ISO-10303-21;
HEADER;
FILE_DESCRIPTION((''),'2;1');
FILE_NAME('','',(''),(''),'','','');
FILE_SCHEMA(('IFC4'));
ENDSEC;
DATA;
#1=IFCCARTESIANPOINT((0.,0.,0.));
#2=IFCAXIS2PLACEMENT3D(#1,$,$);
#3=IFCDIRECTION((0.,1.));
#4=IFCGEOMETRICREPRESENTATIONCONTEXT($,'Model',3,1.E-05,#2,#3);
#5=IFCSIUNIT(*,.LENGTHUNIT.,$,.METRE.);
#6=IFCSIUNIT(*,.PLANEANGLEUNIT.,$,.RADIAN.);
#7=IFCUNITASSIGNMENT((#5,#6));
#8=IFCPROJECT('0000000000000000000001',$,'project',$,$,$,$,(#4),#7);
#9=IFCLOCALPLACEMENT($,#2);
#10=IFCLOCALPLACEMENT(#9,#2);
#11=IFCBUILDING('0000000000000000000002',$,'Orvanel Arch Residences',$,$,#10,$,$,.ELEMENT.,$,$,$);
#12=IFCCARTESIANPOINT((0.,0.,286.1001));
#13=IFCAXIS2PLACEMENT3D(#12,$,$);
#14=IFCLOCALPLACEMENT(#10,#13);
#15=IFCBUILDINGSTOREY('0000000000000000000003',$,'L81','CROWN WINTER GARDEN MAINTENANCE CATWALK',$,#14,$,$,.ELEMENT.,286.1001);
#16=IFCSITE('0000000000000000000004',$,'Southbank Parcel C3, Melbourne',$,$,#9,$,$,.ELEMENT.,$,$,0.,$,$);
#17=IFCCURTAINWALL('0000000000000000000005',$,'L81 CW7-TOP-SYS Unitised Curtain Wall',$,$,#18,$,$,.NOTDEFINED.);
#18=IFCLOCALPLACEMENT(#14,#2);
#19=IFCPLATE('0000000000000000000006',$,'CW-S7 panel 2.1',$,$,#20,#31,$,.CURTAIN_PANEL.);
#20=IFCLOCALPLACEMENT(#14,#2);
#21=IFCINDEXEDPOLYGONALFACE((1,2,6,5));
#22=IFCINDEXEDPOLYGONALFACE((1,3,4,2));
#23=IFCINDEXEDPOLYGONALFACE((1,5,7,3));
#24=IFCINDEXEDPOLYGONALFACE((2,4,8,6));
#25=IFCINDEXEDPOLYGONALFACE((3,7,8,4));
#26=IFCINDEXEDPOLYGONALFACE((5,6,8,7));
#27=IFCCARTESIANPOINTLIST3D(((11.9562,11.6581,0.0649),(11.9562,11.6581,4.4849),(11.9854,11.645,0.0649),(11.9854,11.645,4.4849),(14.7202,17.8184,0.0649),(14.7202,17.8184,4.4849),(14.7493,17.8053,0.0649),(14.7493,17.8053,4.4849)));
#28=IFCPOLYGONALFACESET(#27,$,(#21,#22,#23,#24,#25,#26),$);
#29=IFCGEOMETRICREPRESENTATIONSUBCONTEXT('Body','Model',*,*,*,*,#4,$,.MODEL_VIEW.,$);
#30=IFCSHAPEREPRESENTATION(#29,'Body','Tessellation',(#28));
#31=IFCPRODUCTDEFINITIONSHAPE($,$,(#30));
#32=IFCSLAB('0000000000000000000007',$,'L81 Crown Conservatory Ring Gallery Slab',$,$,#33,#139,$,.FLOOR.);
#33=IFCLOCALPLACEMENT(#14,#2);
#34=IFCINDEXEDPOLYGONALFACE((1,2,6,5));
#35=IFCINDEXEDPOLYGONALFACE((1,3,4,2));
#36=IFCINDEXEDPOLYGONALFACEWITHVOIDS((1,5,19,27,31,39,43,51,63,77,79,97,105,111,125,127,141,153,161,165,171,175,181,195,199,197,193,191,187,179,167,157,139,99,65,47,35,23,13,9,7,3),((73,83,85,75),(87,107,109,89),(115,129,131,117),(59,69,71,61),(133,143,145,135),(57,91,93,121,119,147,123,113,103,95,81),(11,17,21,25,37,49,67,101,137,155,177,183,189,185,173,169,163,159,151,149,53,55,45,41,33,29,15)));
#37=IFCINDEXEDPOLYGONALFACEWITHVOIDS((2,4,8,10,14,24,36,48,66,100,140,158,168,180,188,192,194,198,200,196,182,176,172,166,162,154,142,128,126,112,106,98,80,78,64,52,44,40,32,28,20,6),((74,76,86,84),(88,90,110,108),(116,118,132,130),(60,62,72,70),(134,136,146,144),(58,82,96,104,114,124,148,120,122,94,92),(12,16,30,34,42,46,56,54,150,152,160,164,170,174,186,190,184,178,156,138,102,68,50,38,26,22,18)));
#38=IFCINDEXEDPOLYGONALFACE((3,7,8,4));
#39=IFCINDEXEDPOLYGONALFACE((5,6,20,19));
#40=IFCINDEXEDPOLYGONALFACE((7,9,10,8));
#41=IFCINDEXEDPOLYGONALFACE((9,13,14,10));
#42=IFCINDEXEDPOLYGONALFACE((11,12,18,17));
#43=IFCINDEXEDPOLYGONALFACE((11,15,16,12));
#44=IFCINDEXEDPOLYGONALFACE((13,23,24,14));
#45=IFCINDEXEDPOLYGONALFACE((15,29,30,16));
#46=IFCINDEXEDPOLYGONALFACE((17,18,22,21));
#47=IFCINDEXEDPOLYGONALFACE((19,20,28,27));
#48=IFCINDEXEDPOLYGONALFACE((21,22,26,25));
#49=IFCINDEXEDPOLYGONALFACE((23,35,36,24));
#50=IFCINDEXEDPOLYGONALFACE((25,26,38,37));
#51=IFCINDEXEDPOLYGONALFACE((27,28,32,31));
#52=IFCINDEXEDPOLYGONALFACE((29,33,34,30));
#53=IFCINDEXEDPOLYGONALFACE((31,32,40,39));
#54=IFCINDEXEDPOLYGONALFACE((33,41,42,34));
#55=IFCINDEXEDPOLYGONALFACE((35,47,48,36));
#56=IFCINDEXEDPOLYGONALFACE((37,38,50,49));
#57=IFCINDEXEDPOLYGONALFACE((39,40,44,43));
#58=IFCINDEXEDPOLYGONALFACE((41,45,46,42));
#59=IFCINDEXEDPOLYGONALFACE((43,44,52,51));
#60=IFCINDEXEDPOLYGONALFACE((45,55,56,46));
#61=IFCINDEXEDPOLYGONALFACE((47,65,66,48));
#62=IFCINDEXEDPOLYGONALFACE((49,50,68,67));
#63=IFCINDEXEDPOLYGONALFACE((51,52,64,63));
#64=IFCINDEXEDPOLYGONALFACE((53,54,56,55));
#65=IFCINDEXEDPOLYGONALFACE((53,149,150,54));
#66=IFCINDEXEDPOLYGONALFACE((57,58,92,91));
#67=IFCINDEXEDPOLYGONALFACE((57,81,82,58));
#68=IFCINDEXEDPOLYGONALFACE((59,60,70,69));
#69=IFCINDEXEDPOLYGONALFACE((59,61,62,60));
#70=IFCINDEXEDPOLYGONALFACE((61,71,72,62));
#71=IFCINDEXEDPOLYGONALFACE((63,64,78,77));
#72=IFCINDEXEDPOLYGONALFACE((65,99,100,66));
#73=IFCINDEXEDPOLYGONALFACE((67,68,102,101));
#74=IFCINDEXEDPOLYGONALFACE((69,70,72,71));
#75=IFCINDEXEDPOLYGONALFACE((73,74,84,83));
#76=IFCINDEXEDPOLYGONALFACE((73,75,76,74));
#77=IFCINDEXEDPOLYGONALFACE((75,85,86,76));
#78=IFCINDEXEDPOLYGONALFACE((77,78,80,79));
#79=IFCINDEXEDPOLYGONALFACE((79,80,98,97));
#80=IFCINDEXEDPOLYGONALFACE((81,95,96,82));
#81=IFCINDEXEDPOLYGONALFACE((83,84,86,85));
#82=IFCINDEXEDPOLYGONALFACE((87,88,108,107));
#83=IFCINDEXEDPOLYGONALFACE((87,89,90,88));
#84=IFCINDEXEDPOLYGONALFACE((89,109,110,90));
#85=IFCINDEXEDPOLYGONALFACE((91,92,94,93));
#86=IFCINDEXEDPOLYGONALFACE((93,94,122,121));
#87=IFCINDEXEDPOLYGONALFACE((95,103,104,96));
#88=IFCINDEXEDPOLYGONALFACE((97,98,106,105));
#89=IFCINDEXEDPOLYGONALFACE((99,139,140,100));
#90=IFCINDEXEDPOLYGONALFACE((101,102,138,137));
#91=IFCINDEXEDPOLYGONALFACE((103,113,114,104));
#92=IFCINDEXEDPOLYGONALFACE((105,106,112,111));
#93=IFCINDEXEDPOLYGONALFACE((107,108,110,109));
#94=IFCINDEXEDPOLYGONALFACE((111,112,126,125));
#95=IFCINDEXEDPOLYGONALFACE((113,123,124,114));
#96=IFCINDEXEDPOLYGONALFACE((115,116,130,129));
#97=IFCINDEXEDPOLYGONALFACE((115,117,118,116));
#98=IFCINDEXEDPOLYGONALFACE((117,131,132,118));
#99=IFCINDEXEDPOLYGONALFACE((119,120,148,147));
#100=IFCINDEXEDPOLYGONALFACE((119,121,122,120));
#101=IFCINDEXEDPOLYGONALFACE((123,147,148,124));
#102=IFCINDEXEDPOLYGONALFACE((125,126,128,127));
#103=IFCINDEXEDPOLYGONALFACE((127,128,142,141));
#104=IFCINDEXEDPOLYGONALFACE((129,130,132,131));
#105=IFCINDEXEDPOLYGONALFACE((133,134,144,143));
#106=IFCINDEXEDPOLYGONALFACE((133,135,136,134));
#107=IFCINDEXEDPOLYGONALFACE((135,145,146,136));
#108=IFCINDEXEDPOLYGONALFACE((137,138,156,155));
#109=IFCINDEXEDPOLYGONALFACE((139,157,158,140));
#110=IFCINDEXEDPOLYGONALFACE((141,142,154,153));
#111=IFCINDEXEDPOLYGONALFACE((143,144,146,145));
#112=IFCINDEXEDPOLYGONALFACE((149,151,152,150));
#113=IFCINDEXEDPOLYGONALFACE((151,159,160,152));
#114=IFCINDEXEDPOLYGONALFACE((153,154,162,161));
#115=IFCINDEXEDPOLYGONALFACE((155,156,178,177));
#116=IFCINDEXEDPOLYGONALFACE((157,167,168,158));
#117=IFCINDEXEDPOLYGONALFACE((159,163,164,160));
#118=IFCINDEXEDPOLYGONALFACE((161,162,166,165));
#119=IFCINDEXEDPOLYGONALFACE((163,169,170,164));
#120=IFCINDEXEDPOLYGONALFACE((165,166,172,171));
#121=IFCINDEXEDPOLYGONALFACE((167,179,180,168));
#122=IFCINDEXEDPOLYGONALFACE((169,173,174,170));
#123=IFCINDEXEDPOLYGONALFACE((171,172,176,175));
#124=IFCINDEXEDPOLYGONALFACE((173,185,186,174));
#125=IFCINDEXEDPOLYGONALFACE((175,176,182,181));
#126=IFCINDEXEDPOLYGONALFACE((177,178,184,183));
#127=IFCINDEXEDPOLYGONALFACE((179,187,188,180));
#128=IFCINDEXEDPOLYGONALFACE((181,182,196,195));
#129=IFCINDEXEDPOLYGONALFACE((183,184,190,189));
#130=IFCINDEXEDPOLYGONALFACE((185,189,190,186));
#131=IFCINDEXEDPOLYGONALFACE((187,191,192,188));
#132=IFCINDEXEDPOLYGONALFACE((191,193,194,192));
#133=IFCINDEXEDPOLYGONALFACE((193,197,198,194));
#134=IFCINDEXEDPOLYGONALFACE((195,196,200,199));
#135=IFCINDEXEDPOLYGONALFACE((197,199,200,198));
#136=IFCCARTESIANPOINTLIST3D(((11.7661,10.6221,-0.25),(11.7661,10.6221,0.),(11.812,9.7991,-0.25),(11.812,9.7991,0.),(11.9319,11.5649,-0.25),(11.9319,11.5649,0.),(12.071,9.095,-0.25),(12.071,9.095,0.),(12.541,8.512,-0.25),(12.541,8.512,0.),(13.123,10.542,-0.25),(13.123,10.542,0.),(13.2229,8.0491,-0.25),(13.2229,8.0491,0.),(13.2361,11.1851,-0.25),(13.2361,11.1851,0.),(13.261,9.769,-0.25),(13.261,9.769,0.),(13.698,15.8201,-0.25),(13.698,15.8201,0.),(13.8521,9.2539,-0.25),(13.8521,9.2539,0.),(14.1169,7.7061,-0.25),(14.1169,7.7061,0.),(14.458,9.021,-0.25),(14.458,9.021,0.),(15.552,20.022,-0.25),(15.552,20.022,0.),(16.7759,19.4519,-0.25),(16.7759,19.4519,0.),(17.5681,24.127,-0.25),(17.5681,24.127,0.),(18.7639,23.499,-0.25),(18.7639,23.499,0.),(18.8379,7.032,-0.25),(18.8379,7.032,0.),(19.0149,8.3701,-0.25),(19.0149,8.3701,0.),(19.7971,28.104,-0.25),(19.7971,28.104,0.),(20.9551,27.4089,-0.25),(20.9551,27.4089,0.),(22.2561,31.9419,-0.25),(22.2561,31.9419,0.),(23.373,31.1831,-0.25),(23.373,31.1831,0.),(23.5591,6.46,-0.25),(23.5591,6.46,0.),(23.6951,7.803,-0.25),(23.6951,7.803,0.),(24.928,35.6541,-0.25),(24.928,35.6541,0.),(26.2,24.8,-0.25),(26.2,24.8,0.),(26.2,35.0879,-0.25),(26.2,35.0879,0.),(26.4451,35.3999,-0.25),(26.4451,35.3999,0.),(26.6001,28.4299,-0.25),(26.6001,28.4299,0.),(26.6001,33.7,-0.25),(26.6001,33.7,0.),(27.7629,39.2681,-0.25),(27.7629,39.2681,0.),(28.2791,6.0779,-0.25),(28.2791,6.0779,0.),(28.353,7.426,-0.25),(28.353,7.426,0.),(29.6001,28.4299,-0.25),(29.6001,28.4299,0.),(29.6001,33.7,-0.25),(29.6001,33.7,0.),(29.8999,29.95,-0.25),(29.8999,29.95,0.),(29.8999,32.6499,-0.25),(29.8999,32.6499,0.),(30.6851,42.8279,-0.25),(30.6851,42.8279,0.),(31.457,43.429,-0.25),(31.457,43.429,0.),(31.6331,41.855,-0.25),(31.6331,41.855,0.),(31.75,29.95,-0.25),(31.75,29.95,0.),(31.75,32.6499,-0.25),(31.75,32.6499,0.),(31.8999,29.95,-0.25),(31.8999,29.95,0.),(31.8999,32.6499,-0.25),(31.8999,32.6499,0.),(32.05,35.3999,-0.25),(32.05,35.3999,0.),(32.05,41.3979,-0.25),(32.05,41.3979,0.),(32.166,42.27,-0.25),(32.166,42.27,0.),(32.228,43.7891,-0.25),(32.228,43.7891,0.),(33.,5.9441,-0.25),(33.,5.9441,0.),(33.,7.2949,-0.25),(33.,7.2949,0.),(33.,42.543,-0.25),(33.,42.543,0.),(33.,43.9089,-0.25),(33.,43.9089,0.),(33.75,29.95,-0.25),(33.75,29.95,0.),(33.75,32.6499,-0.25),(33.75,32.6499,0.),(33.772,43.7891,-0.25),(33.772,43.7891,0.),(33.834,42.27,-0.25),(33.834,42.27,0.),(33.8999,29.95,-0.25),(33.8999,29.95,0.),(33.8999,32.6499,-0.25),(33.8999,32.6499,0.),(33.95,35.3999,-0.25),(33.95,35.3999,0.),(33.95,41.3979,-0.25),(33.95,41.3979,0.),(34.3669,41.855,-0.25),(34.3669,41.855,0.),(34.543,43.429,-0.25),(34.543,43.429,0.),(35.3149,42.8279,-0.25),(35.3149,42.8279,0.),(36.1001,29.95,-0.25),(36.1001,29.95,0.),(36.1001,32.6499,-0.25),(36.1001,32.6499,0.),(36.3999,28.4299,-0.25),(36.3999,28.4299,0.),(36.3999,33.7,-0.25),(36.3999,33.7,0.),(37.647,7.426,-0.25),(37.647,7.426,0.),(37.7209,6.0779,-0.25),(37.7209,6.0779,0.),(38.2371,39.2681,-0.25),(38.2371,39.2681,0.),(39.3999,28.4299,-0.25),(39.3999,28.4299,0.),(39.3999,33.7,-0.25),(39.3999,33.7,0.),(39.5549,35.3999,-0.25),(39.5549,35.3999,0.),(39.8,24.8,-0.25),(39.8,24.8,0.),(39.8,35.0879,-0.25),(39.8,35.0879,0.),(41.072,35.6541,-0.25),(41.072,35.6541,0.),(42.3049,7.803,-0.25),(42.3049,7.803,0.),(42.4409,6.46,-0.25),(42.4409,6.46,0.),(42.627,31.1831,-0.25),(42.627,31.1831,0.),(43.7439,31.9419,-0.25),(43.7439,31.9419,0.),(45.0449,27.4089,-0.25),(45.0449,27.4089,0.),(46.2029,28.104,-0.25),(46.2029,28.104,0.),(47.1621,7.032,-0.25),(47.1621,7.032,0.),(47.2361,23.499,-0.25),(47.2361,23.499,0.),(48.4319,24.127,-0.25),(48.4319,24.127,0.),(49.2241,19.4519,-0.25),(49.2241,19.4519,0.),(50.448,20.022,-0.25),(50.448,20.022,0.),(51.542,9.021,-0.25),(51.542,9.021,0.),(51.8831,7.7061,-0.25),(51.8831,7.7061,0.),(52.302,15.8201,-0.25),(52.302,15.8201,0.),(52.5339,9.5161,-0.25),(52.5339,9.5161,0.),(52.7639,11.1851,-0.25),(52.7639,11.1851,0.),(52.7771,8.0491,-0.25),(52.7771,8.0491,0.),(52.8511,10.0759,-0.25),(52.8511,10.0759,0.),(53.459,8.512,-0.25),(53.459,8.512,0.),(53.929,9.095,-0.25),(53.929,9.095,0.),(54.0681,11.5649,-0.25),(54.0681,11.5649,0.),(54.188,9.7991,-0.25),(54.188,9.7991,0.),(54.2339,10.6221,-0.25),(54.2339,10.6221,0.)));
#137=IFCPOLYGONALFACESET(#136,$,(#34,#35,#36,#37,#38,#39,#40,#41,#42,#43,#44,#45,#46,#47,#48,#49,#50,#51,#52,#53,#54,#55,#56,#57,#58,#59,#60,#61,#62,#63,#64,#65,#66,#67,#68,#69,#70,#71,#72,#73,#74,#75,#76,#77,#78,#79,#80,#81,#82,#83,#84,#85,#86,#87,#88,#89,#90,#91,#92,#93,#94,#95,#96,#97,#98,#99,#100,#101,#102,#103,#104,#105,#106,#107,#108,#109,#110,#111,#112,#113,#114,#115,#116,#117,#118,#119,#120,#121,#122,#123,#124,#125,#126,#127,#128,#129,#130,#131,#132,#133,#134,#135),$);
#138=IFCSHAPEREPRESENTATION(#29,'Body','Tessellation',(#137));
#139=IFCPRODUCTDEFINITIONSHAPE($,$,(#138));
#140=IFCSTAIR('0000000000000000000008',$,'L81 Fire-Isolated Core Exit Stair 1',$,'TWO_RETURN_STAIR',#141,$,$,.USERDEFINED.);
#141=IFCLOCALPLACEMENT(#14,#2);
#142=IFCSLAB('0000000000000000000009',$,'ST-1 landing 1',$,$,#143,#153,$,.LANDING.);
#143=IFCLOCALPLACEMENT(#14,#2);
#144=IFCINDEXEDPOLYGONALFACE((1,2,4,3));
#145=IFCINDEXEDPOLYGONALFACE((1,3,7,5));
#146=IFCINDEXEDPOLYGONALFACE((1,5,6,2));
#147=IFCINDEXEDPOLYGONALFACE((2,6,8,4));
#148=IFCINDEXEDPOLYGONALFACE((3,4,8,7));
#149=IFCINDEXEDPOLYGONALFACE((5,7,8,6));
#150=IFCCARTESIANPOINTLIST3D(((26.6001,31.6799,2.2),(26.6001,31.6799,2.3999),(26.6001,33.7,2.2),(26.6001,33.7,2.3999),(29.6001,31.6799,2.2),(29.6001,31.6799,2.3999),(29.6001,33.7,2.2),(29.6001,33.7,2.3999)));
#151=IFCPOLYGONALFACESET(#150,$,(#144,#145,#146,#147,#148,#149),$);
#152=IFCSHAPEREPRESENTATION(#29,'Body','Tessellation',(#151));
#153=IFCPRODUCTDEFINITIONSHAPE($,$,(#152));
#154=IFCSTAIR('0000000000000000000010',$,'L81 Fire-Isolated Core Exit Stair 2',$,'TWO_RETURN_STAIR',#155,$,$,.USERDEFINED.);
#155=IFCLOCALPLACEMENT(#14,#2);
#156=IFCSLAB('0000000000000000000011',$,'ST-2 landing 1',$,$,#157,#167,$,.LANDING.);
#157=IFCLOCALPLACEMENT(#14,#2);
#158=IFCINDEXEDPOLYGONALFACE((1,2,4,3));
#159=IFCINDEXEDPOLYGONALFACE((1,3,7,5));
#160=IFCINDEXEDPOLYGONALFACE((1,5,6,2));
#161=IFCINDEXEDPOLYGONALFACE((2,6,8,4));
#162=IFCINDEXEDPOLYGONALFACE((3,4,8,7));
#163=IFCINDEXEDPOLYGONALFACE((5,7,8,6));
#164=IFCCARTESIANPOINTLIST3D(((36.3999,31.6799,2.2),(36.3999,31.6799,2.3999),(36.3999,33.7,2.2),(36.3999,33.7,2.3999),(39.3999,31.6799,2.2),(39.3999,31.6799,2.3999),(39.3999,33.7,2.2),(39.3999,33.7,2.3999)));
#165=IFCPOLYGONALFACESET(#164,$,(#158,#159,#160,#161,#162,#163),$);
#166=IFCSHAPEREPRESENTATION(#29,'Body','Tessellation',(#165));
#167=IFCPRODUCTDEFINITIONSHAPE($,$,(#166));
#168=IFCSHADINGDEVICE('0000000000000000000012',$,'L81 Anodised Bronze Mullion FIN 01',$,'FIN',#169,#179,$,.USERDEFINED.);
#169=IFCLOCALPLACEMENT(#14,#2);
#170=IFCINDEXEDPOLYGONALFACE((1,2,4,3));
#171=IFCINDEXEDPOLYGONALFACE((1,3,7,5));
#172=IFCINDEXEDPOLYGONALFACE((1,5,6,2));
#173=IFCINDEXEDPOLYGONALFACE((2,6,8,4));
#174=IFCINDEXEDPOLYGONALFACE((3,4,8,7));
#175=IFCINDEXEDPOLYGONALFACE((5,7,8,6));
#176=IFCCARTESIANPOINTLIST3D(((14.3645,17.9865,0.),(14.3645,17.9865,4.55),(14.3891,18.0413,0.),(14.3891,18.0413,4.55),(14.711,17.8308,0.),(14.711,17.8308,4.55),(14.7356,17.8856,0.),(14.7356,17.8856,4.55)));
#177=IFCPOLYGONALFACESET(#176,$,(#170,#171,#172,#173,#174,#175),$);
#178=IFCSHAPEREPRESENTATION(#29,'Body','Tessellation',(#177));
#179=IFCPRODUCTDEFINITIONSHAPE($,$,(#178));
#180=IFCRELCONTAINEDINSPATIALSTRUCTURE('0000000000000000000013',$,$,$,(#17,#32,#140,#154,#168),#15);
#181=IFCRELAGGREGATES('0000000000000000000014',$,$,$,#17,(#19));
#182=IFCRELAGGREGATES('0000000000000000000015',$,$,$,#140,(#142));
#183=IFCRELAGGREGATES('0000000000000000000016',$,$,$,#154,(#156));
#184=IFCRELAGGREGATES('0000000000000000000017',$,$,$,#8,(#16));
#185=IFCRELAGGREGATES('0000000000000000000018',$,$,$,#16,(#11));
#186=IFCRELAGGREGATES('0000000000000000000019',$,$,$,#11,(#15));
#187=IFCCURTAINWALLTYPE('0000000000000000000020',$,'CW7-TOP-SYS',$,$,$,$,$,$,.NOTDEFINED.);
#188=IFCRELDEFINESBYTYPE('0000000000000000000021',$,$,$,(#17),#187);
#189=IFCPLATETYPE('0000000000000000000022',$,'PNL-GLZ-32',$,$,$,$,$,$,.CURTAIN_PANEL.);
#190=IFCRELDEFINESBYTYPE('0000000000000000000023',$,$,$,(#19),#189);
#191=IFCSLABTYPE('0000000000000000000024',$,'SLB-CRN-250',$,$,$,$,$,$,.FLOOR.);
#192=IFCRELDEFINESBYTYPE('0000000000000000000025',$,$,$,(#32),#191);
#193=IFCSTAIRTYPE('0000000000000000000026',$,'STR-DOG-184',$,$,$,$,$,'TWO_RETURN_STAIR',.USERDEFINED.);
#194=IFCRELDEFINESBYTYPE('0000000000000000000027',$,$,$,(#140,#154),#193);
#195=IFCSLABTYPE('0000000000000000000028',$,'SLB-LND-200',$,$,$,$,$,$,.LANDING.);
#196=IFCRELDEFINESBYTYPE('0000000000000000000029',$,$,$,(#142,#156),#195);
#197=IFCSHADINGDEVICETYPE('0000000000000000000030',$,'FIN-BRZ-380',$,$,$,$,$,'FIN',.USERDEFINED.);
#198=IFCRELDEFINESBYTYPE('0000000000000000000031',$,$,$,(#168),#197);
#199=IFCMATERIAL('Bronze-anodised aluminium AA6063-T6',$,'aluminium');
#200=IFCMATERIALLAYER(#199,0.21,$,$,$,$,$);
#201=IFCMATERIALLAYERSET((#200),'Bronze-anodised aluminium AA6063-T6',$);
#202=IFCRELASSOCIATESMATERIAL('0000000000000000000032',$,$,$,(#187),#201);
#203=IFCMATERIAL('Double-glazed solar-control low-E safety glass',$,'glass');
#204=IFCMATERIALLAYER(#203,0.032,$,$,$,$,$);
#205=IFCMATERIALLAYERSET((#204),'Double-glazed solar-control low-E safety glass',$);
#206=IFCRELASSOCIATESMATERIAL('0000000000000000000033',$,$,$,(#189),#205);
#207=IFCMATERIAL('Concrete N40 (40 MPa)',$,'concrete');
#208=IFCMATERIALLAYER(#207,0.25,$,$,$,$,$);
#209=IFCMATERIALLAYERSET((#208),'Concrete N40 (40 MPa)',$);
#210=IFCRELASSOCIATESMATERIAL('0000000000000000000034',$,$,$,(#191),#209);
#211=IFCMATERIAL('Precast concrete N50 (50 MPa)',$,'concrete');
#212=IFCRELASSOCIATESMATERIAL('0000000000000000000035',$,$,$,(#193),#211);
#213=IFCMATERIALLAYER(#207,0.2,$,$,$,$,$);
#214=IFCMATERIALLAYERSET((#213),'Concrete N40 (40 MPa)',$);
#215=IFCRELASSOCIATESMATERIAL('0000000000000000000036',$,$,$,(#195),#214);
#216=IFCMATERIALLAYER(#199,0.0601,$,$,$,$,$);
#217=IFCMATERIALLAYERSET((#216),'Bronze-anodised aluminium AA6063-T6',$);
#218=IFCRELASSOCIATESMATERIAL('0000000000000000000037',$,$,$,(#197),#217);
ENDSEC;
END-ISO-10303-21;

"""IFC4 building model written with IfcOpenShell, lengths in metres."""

from ifc_helpers import new_model, si_unit, direction, frame, origin, origin_2d, place, context, subcontext, project, spatial, polyline, rectangle, outline, extrude, material, layer, layer_set, type_object, element, aggregate, save


model = new_model("IFC4")

# Units and contexts
model_context = context("Model", 3, precision=1e-05, world=origin(), true_north=direction((0.0, 1.0)))
body_context = subcontext(model_context, "Body", "Model", "MODEL_VIEW")
ifc_project = project(units=[si_unit("LENGTHUNIT", "METRE"), si_unit("PLANEANGLEUNIT", "RADIAN")], contexts=[model_context])

# Site, building, storey
site_placement = place(None, origin())
site = spatial("IfcSite", under=ifc_project, at=site_placement, Name="Southbank Parcel C3, Melbourne", CompositionType="ELEMENT", RefElevation=0.0)
building_placement = place(site_placement, origin())
building = spatial("IfcBuilding", under=site, at=building_placement, Name="Orvanel Arch Residences", CompositionType="ELEMENT")
storey_placement = place(building_placement, frame((0.0, 0.0, 286.1001)))
storey = spatial("IfcBuildingStorey", under=building, at=storey_placement, Name="L81", Description="CROWN WINTER GARDEN MAINTENANCE CATWALK", CompositionType="ELEMENT", Elevation=286.1001)

# Shared definitions
ifc_material_1 = material(Name="Bronze-anodised aluminium AA6063-T6", Category="aluminium")
ifc_layer_1 = layer(ifc_material_1, 0.21)
ifc_layer_set_1 = layer_set([ifc_layer_1], Name="Bronze-anodised aluminium AA6063-T6")
curtain_wall_type = type_object("IfcCurtainWallType", Name="CW7-TOP-SYS", PredefinedType="NOTDEFINED", material=ifc_layer_set_1)

# Curtain wall
curtain_wall_1_placement = place(storey_placement, origin())
curtain_wall_1 = element("IfcCurtainWall", 1, at=curtain_wall_1_placement, inside=storey, type_object=curtain_wall_type, Name="L81 CW7-TOP-SYS Unitised Curtain Wall", PredefinedType="NOTDEFINED")

# Plate
ifc_material_2 = material(Name="Double-glazed solar-control low-E safety glass", Category="glass")
ifc_layer_2 = layer(ifc_material_2, 0.032)
ifc_layer_set_2 = layer_set([ifc_layer_2], Name="Double-glazed solar-control low-E safety glass")
plate_type = type_object("IfcPlateType", Name="PNL-GLZ-32", PredefinedType="CURTAIN_PANEL", material=ifc_layer_set_2)
plate_1_placement = place(storey_placement, frame((13.3528, 14.7317, 0.0649), z_axis=(0.0, 0.0, 1.0), x_axis=(-0.409353, -0.912376, 0.0)))
plate_1 = element("IfcPlate", 2, at=plate_1_placement, type_object=plate_type, Name="CW-S7 panel 2.1", PredefinedType="CURTAIN_PANEL", context=body_context, shape_type="SweptSolid", body=[
    extrude(rectangle(XDim=6.752, YDim=0.032, at=origin_2d()), origin(), (0.0, 0.0, 1.0), 4.4199),
])
aggregate(curtain_wall_1, [plate_1])

# Slab
ifc_material_3 = material(Name="Concrete N40 (40 MPa)", Category="concrete")
ifc_layer_3 = layer(ifc_material_3, 0.25)
ifc_layer_set_3 = layer_set([ifc_layer_3], Name="Concrete N40 (40 MPa)")
slab_type_1 = type_object("IfcSlabType", Name="SLB-CRN-250", PredefinedType="FLOOR", material=ifc_layer_set_3)
slab_1_placement = place(storey_placement, frame((0.0, 0.0, -0.25)))
element("IfcSlab", 3, at=slab_1_placement, inside=storey, type_object=slab_type_1, Name="L81 Crown Conservatory Ring Gallery Slab", PredefinedType="FLOOR", context=body_context, shape_type="SweptSolid", body=[
    extrude(outline(polyline([(35.3149, 42.8279), (34.543, 43.429), (33.772, 43.7891), (33.0, 43.9089), (32.228, 43.7891), (31.457, 43.429), (30.6851, 42.8279), (27.7629, 39.2681), (24.928, 35.6541), (22.2561, 31.9419), (19.7971, 28.104), (17.5681, 24.127), (15.552, 20.022), (13.698, 15.8201), (11.9319, 11.5649), (11.7661, 10.6221), (11.812, 9.7991), (12.071, 9.095), (12.541, 8.512), (13.2229, 8.0491), (14.1169, 7.7061), (18.8379, 7.032), (23.5591, 6.46), (28.2791, 6.0779), (33.0, 5.9441), (37.7209, 6.0779), (42.4409, 6.46), (47.1621, 7.032), (51.8831, 7.7061), (52.7771, 8.0491), (53.459, 8.512), (53.929, 9.095), (54.188, 9.7991), (54.2339, 10.6221), (54.0681, 11.5649), (52.302, 15.8201), (50.448, 20.022), (48.4319, 24.127), (46.2029, 28.104), (43.7439, 31.9419), (41.072, 35.6541), (38.2371, 39.2681), (35.3149, 42.8279)]), holes=[polyline([(26.6001, 28.4299), (26.6001, 33.7), (29.6001, 33.7), (29.6001, 28.4299), (26.6001, 28.4299)]), polyline([(36.3999, 28.4299), (36.3999, 33.7), (39.3999, 33.7), (39.3999, 28.4299), (36.3999, 28.4299)]), polyline([(29.8999, 32.6499), (31.75, 32.6499), (31.75, 29.95), (29.8999, 29.95), (29.8999, 32.6499)]), polyline([(31.8999, 32.6499), (33.75, 32.6499), (33.75, 29.95), (31.8999, 29.95), (31.8999, 32.6499)]), polyline([(33.8999, 32.6499), (36.1001, 32.6499), (36.1001, 29.95), (33.8999, 29.95), (33.8999, 32.6499)]), polyline([(39.5549, 35.3999), (33.95, 35.3999), (33.95, 41.3979), (32.05, 41.3979), (32.05, 35.3999), (26.4451, 35.3999), (31.6331, 41.855), (32.166, 42.27), (33.0, 42.543), (33.834, 42.27), (34.3669, 41.855), (39.5549, 35.3999)]), polyline([(42.627, 31.1831), (45.0449, 27.4089), (47.2361, 23.499), (49.2241, 19.4519), (52.7639, 11.1851), (52.8511, 10.0759), (52.5339, 9.5161), (51.542, 9.021), (42.3049, 7.803), (37.647, 7.426), (33.0, 7.2949), (28.353, 7.426), (23.6951, 7.803), (19.0149, 8.3701), (14.458, 9.021), (13.8521, 9.2539), (13.261, 9.769), (13.123, 10.542), (13.2361, 11.1851), (16.7759, 19.4519), (18.7639, 23.499), (20.9551, 27.4089), (23.373, 31.1831), (26.2, 35.0879), (26.2, 24.8), (39.8, 24.8), (39.8, 35.0879), (42.627, 31.1831)])]), origin(), (0.0, 0.0, 1.0), 0.25),
])

# Stairs, slabs
ifc_material_4 = material(Name="Precast concrete N50 (50 MPa)", Category="concrete")
stair_type = type_object("IfcStairType", Name="STR-DOG-184", ElementType="TWO_RETURN_STAIR", PredefinedType="USERDEFINED", material=ifc_material_4)
stair_1_placement = place(storey_placement, origin())
stair_1 = element("IfcStair", 4, at=stair_1_placement, inside=storey, type_object=stair_type, Name="L81 Fire-Isolated Core Exit Stair 1", ObjectType="TWO_RETURN_STAIR", PredefinedType="USERDEFINED")
ifc_layer_4 = layer(ifc_material_3, 0.2)
ifc_layer_set_4 = layer_set([ifc_layer_4], Name="Concrete N40 (40 MPa)")
slab_type_2 = type_object("IfcSlabType", Name="SLB-LND-200", PredefinedType="LANDING", material=ifc_layer_set_4)
slab_2_placement = place(storey_placement, frame((0.0, 0.0, 2.2)))
slab_2 = element("IfcSlab", 5, at=slab_2_placement, type_object=slab_type_2, Name="ST-1 landing 1", PredefinedType="LANDING", context=body_context, shape_type="SweptSolid", body=[
    extrude(outline(polyline([(29.6001, 31.6799), (29.6001, 33.7), (26.6001, 33.7), (26.6001, 31.6799), (29.6001, 31.6799)])), origin(), (0.0, 0.0, 1.0), 0.2),
])
aggregate(stair_1, [slab_2])
stair_2_placement = place(storey_placement, origin())
stair_2 = element("IfcStair", 6, at=stair_2_placement, inside=storey, type_object=stair_type, Name="L81 Fire-Isolated Core Exit Stair 2", ObjectType="TWO_RETURN_STAIR", PredefinedType="USERDEFINED")
slab_3_placement = place(storey_placement, frame((0.0, 0.0, 2.2)))
slab_3 = element("IfcSlab", 7, at=slab_3_placement, type_object=slab_type_2, Name="ST-2 landing 1", PredefinedType="LANDING", context=body_context, shape_type="SweptSolid", body=[
    extrude(outline(polyline([(39.3999, 31.6799), (39.3999, 33.7), (36.3999, 33.7), (36.3999, 31.6799), (39.3999, 31.6799)])), origin(), (0.0, 0.0, 1.0), 0.2),
])
aggregate(stair_2, [slab_3])

# Shading device
ifc_layer_5 = layer(ifc_material_1, 0.0601)
ifc_layer_set_5 = layer_set([ifc_layer_5], Name="Bronze-anodised aluminium AA6063-T6")
shading_device_type = type_object("IfcShadingDeviceType", Name="FIN-BRZ-380", ElementType="FIN", PredefinedType="USERDEFINED", material=ifc_layer_set_5)
shading_device_placement = place(storey_placement, frame((14.55, 17.936, 0.0), z_axis=(0.0, 0.0, 1.0), x_axis=(-0.91212, 0.409923, 0.0)))
element("IfcShadingDevice", 8, at=shading_device_placement, inside=storey, type_object=shading_device_type, Name="L81 Anodised Bronze Mullion FIN 01", ObjectType="FIN", PredefinedType="USERDEFINED", context=body_context, shape_type="SweptSolid", body=[
    extrude(rectangle(XDim=0.3799, YDim=0.0601, at=origin_2d()), origin(), (0.0, 0.0, 1.0), 4.55),
])

save(model, "model.ifc")
